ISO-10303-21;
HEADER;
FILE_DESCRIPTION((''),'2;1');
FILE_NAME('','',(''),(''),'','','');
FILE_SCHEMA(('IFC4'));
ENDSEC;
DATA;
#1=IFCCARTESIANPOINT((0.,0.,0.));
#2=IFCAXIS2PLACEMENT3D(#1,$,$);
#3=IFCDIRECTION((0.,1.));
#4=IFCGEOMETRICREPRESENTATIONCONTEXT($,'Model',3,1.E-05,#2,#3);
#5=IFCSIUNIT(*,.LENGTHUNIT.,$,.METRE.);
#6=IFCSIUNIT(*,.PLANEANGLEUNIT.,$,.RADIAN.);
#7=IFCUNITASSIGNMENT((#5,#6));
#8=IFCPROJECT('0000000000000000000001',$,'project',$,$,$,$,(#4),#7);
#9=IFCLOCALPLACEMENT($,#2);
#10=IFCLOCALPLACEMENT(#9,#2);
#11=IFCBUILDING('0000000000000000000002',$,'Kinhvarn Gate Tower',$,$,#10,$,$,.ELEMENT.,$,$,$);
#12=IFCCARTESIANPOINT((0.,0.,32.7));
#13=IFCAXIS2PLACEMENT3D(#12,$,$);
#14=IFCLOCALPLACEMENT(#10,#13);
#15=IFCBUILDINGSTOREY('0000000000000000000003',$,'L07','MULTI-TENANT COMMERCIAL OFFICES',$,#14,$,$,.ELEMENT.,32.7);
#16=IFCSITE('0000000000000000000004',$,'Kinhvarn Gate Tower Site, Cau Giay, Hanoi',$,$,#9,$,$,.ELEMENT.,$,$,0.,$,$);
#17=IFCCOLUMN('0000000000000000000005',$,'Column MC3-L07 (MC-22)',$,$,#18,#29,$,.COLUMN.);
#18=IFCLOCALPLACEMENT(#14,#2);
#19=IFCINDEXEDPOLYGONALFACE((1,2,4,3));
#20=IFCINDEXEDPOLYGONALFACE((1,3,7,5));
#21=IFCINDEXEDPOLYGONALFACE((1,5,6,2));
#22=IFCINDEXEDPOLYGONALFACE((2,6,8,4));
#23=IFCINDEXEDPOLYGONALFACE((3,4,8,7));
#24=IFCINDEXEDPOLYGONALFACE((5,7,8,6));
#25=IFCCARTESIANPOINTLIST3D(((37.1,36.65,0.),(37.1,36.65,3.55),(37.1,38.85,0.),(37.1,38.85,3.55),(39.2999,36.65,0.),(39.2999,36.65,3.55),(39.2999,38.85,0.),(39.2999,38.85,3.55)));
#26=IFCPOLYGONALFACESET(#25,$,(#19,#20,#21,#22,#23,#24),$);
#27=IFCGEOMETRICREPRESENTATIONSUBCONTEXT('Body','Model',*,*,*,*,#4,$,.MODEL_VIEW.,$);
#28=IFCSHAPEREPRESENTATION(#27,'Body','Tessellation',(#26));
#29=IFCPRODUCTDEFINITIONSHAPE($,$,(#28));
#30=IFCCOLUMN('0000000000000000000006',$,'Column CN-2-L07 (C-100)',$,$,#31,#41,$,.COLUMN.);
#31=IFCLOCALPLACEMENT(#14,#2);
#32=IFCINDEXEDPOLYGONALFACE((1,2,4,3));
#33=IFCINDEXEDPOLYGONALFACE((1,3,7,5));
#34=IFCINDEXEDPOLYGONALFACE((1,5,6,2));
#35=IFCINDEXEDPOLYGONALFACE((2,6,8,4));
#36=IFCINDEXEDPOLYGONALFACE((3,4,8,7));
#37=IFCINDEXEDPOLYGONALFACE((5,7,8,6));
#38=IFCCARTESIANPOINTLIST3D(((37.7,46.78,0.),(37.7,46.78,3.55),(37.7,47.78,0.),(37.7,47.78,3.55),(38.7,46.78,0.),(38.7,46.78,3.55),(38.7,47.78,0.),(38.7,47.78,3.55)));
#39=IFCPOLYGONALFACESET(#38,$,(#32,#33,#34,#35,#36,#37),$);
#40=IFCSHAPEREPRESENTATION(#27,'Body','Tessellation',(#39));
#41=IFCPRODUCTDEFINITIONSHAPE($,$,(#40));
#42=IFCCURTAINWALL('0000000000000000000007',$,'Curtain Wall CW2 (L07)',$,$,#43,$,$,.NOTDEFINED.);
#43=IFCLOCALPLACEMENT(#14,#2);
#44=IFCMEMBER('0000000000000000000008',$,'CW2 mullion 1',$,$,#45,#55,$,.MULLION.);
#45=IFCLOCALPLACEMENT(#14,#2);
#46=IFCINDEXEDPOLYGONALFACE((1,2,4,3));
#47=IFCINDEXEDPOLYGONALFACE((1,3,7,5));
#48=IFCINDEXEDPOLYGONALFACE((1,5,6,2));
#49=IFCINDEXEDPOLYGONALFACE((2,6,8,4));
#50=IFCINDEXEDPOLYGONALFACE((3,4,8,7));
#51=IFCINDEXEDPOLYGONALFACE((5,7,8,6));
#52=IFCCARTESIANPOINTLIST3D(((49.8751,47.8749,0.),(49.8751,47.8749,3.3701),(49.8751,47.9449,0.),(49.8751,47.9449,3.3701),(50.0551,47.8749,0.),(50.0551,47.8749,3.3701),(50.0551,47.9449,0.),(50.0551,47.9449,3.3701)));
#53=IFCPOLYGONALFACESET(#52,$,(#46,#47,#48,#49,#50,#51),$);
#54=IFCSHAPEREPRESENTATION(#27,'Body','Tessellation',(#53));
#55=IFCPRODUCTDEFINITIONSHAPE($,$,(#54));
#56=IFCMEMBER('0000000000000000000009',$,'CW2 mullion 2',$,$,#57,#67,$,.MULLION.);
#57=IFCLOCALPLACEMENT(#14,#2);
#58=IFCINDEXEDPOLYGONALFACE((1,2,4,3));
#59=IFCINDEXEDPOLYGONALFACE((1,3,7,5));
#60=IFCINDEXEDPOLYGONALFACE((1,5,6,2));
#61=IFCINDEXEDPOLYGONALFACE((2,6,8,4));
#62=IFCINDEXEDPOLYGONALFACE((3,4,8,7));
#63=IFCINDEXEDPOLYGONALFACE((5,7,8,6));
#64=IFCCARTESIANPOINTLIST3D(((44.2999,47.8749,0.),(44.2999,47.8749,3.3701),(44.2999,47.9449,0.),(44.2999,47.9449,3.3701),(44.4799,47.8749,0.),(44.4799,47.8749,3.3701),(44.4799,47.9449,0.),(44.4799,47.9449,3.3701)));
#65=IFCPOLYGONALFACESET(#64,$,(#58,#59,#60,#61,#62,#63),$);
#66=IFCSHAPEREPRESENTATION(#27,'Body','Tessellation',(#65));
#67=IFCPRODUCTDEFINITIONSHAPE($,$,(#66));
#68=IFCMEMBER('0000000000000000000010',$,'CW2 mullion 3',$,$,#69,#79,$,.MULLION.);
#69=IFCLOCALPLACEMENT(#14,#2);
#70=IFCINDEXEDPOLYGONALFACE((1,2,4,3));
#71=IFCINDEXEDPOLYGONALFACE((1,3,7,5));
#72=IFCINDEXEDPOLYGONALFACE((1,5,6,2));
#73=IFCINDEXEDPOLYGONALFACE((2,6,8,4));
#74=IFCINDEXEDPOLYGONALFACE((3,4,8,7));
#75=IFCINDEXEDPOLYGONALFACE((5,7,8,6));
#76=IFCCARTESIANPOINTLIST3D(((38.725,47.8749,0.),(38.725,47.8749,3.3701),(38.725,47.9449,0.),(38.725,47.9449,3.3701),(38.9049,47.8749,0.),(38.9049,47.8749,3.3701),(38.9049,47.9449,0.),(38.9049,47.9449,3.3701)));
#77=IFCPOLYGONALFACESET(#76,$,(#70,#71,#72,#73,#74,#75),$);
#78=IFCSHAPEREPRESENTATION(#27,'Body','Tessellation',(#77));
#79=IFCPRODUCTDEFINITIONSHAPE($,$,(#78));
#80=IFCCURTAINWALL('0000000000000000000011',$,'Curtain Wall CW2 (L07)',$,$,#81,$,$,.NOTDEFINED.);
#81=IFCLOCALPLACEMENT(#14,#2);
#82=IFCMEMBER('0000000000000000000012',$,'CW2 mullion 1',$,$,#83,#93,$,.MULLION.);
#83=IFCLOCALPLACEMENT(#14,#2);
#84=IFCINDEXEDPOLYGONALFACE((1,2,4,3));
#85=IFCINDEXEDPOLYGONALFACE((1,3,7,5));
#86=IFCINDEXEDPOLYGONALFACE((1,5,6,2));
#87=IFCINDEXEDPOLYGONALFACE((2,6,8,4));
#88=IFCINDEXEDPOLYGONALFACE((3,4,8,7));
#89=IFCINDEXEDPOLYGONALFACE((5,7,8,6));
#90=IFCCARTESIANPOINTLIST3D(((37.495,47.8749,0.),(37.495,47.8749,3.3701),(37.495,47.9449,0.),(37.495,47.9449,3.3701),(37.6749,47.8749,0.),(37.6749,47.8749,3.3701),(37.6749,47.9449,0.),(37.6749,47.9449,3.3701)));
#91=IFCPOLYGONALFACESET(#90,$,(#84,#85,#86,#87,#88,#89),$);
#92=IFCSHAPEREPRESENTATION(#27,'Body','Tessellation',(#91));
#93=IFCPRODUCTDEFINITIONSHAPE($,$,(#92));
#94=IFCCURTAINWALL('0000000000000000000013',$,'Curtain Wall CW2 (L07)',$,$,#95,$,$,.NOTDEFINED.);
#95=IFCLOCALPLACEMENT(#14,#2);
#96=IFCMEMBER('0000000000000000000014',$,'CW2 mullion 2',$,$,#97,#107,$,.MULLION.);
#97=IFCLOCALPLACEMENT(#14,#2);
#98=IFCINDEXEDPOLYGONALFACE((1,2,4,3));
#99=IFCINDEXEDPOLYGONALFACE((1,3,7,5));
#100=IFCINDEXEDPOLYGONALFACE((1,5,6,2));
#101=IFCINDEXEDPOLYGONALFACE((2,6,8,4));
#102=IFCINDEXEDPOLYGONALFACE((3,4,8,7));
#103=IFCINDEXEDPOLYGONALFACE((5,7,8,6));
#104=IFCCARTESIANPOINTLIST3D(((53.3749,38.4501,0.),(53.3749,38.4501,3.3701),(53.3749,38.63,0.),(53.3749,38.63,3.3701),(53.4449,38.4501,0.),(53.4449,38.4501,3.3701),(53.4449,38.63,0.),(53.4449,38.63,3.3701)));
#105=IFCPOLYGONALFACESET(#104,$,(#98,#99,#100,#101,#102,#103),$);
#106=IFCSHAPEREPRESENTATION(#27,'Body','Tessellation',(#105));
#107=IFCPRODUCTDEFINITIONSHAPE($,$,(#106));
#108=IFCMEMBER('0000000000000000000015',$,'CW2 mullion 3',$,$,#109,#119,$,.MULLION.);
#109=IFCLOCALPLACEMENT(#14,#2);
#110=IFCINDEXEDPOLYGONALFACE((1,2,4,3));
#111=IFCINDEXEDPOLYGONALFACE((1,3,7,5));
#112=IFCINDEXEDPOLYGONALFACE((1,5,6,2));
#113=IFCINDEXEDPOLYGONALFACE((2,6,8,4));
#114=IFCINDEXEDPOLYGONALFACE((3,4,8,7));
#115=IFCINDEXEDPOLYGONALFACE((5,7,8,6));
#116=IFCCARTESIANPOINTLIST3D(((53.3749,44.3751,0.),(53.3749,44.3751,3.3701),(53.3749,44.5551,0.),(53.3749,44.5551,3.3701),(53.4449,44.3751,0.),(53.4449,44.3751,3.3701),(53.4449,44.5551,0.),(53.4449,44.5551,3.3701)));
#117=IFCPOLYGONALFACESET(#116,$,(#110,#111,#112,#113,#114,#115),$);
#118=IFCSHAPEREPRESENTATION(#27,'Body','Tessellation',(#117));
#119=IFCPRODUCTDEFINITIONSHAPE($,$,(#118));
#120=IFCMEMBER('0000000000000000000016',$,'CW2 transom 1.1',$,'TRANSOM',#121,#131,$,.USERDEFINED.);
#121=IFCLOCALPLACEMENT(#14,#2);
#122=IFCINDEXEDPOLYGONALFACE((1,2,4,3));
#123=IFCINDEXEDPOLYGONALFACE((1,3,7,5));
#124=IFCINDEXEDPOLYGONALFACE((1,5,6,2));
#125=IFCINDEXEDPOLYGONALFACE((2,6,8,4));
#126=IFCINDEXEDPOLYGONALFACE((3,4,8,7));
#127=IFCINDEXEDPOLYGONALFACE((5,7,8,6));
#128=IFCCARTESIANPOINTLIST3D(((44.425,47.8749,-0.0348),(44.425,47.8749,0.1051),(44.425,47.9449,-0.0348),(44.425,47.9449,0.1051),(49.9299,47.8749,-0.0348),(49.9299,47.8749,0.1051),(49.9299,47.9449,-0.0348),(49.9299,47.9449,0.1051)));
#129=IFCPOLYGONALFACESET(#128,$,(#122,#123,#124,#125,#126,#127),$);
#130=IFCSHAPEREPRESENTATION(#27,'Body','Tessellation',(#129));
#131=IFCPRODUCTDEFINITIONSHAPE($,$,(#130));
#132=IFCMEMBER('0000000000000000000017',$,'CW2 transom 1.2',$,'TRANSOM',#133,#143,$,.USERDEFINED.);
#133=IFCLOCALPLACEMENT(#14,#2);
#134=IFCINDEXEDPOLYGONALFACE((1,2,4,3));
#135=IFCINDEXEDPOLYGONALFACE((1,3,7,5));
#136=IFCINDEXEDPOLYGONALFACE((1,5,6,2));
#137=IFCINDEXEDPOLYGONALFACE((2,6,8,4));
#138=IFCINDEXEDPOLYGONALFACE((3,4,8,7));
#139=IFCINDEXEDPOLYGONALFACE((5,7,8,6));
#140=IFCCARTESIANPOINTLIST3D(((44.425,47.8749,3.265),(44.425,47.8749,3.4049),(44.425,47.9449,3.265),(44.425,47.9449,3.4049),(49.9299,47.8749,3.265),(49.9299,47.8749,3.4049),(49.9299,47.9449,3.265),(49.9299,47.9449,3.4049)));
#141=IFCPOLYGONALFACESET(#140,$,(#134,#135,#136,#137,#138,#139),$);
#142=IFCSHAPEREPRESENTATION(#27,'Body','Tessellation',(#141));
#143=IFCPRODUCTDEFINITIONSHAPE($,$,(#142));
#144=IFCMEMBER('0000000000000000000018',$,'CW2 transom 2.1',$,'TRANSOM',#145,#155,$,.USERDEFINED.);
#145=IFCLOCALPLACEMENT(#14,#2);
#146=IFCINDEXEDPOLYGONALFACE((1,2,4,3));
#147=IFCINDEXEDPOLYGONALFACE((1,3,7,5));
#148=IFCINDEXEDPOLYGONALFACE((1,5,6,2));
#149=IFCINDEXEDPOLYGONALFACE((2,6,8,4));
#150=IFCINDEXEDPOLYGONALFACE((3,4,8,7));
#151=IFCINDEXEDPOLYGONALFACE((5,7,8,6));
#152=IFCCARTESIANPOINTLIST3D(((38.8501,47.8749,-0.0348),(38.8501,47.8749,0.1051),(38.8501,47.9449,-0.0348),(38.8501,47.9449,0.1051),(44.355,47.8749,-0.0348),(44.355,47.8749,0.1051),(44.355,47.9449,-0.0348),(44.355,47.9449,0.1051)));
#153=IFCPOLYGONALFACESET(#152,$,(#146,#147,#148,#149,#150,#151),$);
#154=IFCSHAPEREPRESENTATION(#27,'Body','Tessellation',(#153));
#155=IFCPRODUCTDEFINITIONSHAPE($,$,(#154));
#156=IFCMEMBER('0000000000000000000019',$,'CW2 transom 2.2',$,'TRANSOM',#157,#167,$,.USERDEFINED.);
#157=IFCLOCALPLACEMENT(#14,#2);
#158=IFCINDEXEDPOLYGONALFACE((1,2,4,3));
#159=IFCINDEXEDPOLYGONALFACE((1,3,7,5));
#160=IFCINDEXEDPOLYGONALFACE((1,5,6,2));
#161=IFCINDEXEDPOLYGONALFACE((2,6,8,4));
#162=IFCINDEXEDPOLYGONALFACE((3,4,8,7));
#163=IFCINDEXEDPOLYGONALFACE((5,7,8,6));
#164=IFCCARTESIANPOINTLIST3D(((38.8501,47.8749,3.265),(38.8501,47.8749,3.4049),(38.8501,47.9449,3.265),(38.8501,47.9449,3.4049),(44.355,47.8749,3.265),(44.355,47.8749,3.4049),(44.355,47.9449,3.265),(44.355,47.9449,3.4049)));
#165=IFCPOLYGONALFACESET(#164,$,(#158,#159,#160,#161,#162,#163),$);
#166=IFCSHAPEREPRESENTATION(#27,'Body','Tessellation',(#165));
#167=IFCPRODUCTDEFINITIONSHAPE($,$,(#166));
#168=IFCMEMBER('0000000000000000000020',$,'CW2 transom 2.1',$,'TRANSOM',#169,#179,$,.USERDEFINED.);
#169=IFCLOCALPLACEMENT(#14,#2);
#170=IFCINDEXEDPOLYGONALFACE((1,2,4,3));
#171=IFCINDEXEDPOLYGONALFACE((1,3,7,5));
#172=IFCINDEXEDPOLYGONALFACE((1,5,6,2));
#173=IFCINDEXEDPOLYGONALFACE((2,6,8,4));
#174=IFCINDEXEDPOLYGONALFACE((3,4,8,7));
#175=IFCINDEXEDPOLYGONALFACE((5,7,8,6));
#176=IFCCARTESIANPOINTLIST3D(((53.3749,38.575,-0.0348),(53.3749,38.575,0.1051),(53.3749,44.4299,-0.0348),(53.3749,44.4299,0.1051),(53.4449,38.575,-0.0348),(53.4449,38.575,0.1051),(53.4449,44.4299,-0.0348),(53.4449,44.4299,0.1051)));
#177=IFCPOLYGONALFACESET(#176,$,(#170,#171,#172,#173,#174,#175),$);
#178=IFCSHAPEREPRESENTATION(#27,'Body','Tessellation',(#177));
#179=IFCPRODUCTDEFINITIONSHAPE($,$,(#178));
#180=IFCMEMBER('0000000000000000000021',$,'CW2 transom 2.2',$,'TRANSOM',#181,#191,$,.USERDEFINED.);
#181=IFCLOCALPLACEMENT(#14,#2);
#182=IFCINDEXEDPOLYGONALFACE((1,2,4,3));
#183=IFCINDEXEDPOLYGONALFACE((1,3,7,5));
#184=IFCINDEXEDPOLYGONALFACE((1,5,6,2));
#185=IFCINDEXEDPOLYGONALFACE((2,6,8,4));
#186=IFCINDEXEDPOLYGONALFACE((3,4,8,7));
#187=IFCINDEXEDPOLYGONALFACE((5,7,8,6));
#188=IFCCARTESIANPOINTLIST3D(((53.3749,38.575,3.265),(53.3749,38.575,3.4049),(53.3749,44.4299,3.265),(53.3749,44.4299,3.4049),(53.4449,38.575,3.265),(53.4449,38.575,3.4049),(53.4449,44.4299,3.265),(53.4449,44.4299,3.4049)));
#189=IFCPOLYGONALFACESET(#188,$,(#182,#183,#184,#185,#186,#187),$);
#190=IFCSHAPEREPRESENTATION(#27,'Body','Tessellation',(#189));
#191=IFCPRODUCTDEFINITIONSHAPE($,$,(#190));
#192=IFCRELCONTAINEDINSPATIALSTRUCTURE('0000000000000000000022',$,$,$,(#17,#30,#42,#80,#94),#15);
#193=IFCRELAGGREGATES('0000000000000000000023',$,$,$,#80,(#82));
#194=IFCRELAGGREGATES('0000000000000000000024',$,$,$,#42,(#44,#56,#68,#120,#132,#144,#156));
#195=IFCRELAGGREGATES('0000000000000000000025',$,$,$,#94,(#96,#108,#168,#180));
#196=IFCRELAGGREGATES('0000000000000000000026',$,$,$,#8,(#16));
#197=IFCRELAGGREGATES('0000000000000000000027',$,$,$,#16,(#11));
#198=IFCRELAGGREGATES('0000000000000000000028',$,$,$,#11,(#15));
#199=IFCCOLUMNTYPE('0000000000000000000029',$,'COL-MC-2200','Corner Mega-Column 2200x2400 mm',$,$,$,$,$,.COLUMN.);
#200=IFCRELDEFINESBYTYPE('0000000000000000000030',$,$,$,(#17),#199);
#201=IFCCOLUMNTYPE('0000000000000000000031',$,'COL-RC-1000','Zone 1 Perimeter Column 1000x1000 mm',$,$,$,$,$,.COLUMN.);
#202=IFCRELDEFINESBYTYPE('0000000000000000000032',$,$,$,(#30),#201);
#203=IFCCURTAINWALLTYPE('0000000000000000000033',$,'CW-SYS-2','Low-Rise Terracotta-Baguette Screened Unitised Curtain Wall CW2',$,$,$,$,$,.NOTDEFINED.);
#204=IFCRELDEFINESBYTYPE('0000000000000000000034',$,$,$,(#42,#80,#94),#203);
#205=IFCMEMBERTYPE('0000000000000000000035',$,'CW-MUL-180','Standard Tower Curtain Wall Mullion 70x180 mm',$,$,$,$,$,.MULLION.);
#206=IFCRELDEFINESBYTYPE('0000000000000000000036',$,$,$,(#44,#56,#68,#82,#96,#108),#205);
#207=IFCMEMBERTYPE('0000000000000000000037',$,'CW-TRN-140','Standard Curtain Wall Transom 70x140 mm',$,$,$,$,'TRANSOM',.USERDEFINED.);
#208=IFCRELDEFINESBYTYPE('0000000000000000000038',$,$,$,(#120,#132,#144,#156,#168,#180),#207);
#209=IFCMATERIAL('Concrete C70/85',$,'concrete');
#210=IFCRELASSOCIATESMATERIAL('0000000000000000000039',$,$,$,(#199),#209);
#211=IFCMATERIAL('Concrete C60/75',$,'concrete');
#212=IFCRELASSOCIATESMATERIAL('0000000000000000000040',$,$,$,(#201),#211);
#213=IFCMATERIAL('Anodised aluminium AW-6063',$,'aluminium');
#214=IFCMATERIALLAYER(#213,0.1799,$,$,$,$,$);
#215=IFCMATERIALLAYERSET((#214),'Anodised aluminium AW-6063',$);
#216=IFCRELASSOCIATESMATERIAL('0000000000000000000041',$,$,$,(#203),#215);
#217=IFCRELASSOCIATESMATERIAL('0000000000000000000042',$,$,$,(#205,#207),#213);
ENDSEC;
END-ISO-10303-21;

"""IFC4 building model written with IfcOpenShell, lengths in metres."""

from ifc_helpers import new_model, si_unit, direction, frame, origin, origin_2d, place, context, subcontext, project, spatial, rectangle, extrude, material, layer, layer_set, material_profile, profile_set, type_object, element, aggregate, save


model = new_model("IFC4")

# Units and contexts
model_context = context("Model", 3, precision=1e-05, world=origin(), true_north=direction((0.0, 1.0)))
body_context = subcontext(model_context, "Body", "Model", "MODEL_VIEW")
ifc_project = project(units=[si_unit("LENGTHUNIT", "METRE"), si_unit("PLANEANGLEUNIT", "RADIAN")], contexts=[model_context])

# Site, building, storey
site_placement = place(None, origin())
site = spatial("IfcSite", under=ifc_project, at=site_placement, Name="Kinhvarn Gate Tower Site, Cau Giay, Hanoi", CompositionType="ELEMENT", RefElevation=0.0)
building_placement = place(site_placement, origin())
building = spatial("IfcBuilding", under=site, at=building_placement, Name="Kinhvarn Gate Tower", CompositionType="ELEMENT")
storey_placement = place(building_placement, frame((0.0, 0.0, 32.7)))
storey = spatial("IfcBuildingStorey", under=building, at=storey_placement, Name="L07", Description="MULTI-TENANT COMMERCIAL OFFICES", CompositionType="ELEMENT", Elevation=32.7)

# Columns
ifc_material_1 = material(Name="Concrete C70/85", Category="concrete")
ifc_material_profile_1 = material_profile(ifc_material_1, rectangle(XDim=2.2, YDim=2.2, at=origin_2d()), Name="RC 2200x2200")
ifc_profile_set_1 = profile_set([ifc_material_profile_1], Name="Concrete C70/85")
column_type_1 = type_object("IfcColumnType", Name="COL-MC-2200", Description="Corner Mega-Column 2200x2400 mm", PredefinedType="COLUMN", material=ifc_profile_set_1)
column_1_placement = place(storey_placement, frame((38.2, 37.75, 0.0), z_axis=(0.0, 0.0, 1.0), x_axis=(1.0, 0.0, 0.0)))
element("IfcColumn", 1, at=column_1_placement, inside=storey, type_object=column_type_1, Name="Column MC3-L07 (MC-22)", PredefinedType="COLUMN", context=body_context, shape_type="SweptSolid", body=[
    extrude(rectangle(XDim=2.2, YDim=2.2, at=origin_2d()), origin(), (0.0, 0.0, 1.0), 3.55),
])
ifc_material_2 = material(Name="Concrete C60/75", Category="concrete")
ifc_material_profile_2 = material_profile(ifc_material_2, rectangle(XDim=1.0, YDim=1.0, at=origin_2d()), Name="RC 1000x1000")
ifc_profile_set_2 = profile_set([ifc_material_profile_2], Name="Concrete C60/75")
column_type_2 = type_object("IfcColumnType", Name="COL-RC-1000", Description="Zone 1 Perimeter Column 1000x1000 mm", PredefinedType="COLUMN", material=ifc_profile_set_2)
column_2_placement = place(storey_placement, frame((38.2, 47.28, 0.0), z_axis=(0.0, 0.0, 1.0), x_axis=(1.0, 0.0, 0.0)))
element("IfcColumn", 2, at=column_2_placement, inside=storey, type_object=column_type_2, Name="Column CN-2-L07 (C-100)", PredefinedType="COLUMN", context=body_context, shape_type="SweptSolid", body=[
    extrude(rectangle(XDim=1.0, YDim=1.0, at=origin_2d()), origin(), (0.0, 0.0, 1.0), 3.55),
])

# Curtain wall, members
ifc_material_3 = material(Name="Anodised aluminium AW-6063", Category="aluminium")
ifc_layer_1 = layer(ifc_material_3, 0.1799)
ifc_layer_set_1 = layer_set([ifc_layer_1], Name="Anodised aluminium AW-6063")
curtain_wall_type = type_object("IfcCurtainWallType", Name="CW-SYS-2", Description="Low-Rise Terracotta-Baguette Screened Unitised Curtain Wall CW2", PredefinedType="NOTDEFINED", material=ifc_layer_set_1)
curtain_wall_1_placement = place(storey_placement, origin())
curtain_wall_1 = element("IfcCurtainWall", 3, at=curtain_wall_1_placement, inside=storey, type_object=curtain_wall_type, Name="Curtain Wall CW2 (L07)", PredefinedType="NOTDEFINED")
ifc_material_profile_3 = material_profile(ifc_material_3, rectangle(XDim=0.0701, YDim=0.1799, at=origin_2d()), Name="ALU 70x180")
ifc_profile_set_3 = profile_set([ifc_material_profile_3], Name="Anodised aluminium AW-6063")
member_type_1 = type_object("IfcMemberType", Name="CW-MUL-180", Description="Standard Tower Curtain Wall Mullion 70x180 mm", PredefinedType="MULLION", material=ifc_profile_set_3)
member_1_placement = place(storey_placement, frame((49.9651, 47.9099, 0.0), z_axis=(0.0, 0.0, 1.0), x_axis=(0.0, -1.0, 0.0)))
member_1 = element("IfcMember", 4, at=member_1_placement, type_object=member_type_1, Name="CW2 mullion 1", PredefinedType="MULLION", context=body_context, shape_type="SweptSolid", body=[
    extrude(rectangle(XDim=0.0701, YDim=0.1799, at=origin_2d()), origin(), (0.0, 0.0, 1.0), 3.3701),
])
member_2_placement = place(storey_placement, frame((44.3899, 47.9099, 0.0), z_axis=(0.0, 0.0, 1.0), x_axis=(0.0, -1.0, 0.0)))
member_2 = element("IfcMember", 5, at=member_2_placement, type_object=member_type_1, Name="CW2 mullion 2", PredefinedType="MULLION", context=body_context, shape_type="SweptSolid", body=[
    extrude(rectangle(XDim=0.0701, YDim=0.1799, at=origin_2d()), origin(), (0.0, 0.0, 1.0), 3.3701),
])
member_3_placement = place(storey_placement, frame((38.8149, 47.9099, 0.0), z_axis=(0.0, 0.0, 1.0), x_axis=(0.0, -1.0, 0.0)))
member_3 = element("IfcMember", 6, at=member_3_placement, type_object=member_type_1, Name="CW2 mullion 3", PredefinedType="MULLION", context=body_context, shape_type="SweptSolid", body=[
    extrude(rectangle(XDim=0.0701, YDim=0.1799, at=origin_2d()), origin(), (0.0, 0.0, 1.0), 3.3701),
])

# Curtain wall, member
curtain_wall_2_placement = place(storey_placement, origin())
curtain_wall_2 = element("IfcCurtainWall", 7, at=curtain_wall_2_placement, inside=storey, type_object=curtain_wall_type, Name="Curtain Wall CW2 (L07)", PredefinedType="NOTDEFINED")
member_4_placement = place(storey_placement, frame((37.585, 47.9099, 0.0), z_axis=(0.0, 0.0, 1.0), x_axis=(0.0, -1.0, 0.0)))
member_4 = element("IfcMember", 8, at=member_4_placement, type_object=member_type_1, Name="CW2 mullion 1", PredefinedType="MULLION", context=body_context, shape_type="SweptSolid", body=[
    extrude(rectangle(XDim=0.0701, YDim=0.1799, at=origin_2d()), origin(), (0.0, 0.0, 1.0), 3.3701),
])
aggregate(curtain_wall_2, [member_4])

# Curtain wall, members
curtain_wall_3_placement = place(storey_placement, origin())
curtain_wall_3 = element("IfcCurtainWall", 9, at=curtain_wall_3_placement, inside=storey, type_object=curtain_wall_type, Name="Curtain Wall CW2 (L07)", PredefinedType="NOTDEFINED")
member_5_placement = place(storey_placement, frame((53.4099, 38.54, 0.0), z_axis=(0.0, 0.0, 1.0), x_axis=(-1.0, 0.0, 0.0)))
member_5 = element("IfcMember", 10, at=member_5_placement, type_object=member_type_1, Name="CW2 mullion 2", PredefinedType="MULLION", context=body_context, shape_type="SweptSolid", body=[
    extrude(rectangle(XDim=0.0701, YDim=0.1799, at=origin_2d()), origin(), (0.0, 0.0, 1.0), 3.3701),
])
member_6_placement = place(storey_placement, frame((53.4099, 44.4651, 0.0), z_axis=(0.0, 0.0, 1.0), x_axis=(-1.0, 0.0, 0.0)))
member_6 = element("IfcMember", 11, at=member_6_placement, type_object=member_type_1, Name="CW2 mullion 3", PredefinedType="MULLION", context=body_context, shape_type="SweptSolid", body=[
    extrude(rectangle(XDim=0.0701, YDim=0.1799, at=origin_2d()), origin(), (0.0, 0.0, 1.0), 3.3701),
])

# Members
ifc_material_profile_4 = material_profile(ifc_material_3, rectangle(XDim=0.0701, YDim=0.1399, at=origin_2d()), Name="ALU 70x140")
ifc_profile_set_4 = profile_set([ifc_material_profile_4], Name="Anodised aluminium AW-6063")
member_type_2 = type_object("IfcMemberType", Name="CW-TRN-140", Description="Standard Curtain Wall Transom 70x140 mm", ElementType="TRANSOM", PredefinedType="USERDEFINED", material=ifc_profile_set_4)
member_7_placement = place(storey_placement, frame((49.9299, 47.9099, 0.0352), z_axis=(-1.0, 0.0, 0.0), x_axis=(0.0, -1.0, 0.0)))
member_7 = element("IfcMember", 12, at=member_7_placement, type_object=member_type_2, Name="CW2 transom 1.1", ObjectType="TRANSOM", PredefinedType="USERDEFINED", context=body_context, shape_type="SweptSolid", body=[
    extrude(rectangle(XDim=0.0701, YDim=0.1399, at=origin_2d()), origin(), (0.0, 0.0, 1.0), 5.5049),
])
member_8_placement = place(storey_placement, frame((49.9299, 47.9099, 3.335), z_axis=(-1.0, 0.0, 0.0), x_axis=(0.0, -1.0, 0.0)))
member_8 = element("IfcMember", 13, at=member_8_placement, type_object=member_type_2, Name="CW2 transom 1.2", ObjectType="TRANSOM", PredefinedType="USERDEFINED", context=body_context, shape_type="SweptSolid", body=[
    extrude(rectangle(XDim=0.0701, YDim=0.1399, at=origin_2d()), origin(), (0.0, 0.0, 1.0), 5.5049),
])
member_9_placement = place(storey_placement, frame((44.355, 47.9099, 0.0352), z_axis=(-1.0, 0.0, 0.0), x_axis=(0.0, -1.0, 0.0)))
member_9 = element("IfcMember", 14, at=member_9_placement, type_object=member_type_2, Name="CW2 transom 2.1", ObjectType="TRANSOM", PredefinedType="USERDEFINED", context=body_context, shape_type="SweptSolid", body=[
    extrude(rectangle(XDim=0.0701, YDim=0.1399, at=origin_2d()), origin(), (0.0, 0.0, 1.0), 5.5049),
])
member_10_placement = place(storey_placement, frame((44.355, 47.9099, 3.335), z_axis=(-1.0, 0.0, 0.0), x_axis=(0.0, -1.0, 0.0)))
member_10 = element("IfcMember", 15, at=member_10_placement, type_object=member_type_2, Name="CW2 transom 2.2", ObjectType="TRANSOM", PredefinedType="USERDEFINED", context=body_context, shape_type="SweptSolid", body=[
    extrude(rectangle(XDim=0.0701, YDim=0.1399, at=origin_2d()), origin(), (0.0, 0.0, 1.0), 5.5049),
])
member_11_placement = place(storey_placement, frame((53.4099, 38.575, 0.0352), z_axis=(0.0, 1.0, 0.0), x_axis=(-1.0, 0.0, 0.0)))
member_11 = element("IfcMember", 16, at=member_11_placement, type_object=member_type_2, Name="CW2 transom 2.1", ObjectType="TRANSOM", PredefinedType="USERDEFINED", context=body_context, shape_type="SweptSolid", body=[
    extrude(rectangle(XDim=0.0701, YDim=0.1399, at=origin_2d()), origin(), (0.0, 0.0, 1.0), 5.855),
])
member_12_placement = place(storey_placement, frame((53.4099, 38.575, 3.335), z_axis=(0.0, 1.0, 0.0), x_axis=(-1.0, 0.0, 0.0)))
member_12 = element("IfcMember", 17, at=member_12_placement, type_object=member_type_2, Name="CW2 transom 2.2", ObjectType="TRANSOM", PredefinedType="USERDEFINED", context=body_context, shape_type="SweptSolid", body=[
    extrude(rectangle(XDim=0.0701, YDim=0.1399, at=origin_2d()), origin(), (0.0, 0.0, 1.0), 5.855),
])

aggregate(curtain_wall_1, [member_1, member_2, member_3, member_7, member_8, member_9, member_10])
aggregate(curtain_wall_3, [member_5, member_6, member_11, member_12])

save(model, "model.ifc")
